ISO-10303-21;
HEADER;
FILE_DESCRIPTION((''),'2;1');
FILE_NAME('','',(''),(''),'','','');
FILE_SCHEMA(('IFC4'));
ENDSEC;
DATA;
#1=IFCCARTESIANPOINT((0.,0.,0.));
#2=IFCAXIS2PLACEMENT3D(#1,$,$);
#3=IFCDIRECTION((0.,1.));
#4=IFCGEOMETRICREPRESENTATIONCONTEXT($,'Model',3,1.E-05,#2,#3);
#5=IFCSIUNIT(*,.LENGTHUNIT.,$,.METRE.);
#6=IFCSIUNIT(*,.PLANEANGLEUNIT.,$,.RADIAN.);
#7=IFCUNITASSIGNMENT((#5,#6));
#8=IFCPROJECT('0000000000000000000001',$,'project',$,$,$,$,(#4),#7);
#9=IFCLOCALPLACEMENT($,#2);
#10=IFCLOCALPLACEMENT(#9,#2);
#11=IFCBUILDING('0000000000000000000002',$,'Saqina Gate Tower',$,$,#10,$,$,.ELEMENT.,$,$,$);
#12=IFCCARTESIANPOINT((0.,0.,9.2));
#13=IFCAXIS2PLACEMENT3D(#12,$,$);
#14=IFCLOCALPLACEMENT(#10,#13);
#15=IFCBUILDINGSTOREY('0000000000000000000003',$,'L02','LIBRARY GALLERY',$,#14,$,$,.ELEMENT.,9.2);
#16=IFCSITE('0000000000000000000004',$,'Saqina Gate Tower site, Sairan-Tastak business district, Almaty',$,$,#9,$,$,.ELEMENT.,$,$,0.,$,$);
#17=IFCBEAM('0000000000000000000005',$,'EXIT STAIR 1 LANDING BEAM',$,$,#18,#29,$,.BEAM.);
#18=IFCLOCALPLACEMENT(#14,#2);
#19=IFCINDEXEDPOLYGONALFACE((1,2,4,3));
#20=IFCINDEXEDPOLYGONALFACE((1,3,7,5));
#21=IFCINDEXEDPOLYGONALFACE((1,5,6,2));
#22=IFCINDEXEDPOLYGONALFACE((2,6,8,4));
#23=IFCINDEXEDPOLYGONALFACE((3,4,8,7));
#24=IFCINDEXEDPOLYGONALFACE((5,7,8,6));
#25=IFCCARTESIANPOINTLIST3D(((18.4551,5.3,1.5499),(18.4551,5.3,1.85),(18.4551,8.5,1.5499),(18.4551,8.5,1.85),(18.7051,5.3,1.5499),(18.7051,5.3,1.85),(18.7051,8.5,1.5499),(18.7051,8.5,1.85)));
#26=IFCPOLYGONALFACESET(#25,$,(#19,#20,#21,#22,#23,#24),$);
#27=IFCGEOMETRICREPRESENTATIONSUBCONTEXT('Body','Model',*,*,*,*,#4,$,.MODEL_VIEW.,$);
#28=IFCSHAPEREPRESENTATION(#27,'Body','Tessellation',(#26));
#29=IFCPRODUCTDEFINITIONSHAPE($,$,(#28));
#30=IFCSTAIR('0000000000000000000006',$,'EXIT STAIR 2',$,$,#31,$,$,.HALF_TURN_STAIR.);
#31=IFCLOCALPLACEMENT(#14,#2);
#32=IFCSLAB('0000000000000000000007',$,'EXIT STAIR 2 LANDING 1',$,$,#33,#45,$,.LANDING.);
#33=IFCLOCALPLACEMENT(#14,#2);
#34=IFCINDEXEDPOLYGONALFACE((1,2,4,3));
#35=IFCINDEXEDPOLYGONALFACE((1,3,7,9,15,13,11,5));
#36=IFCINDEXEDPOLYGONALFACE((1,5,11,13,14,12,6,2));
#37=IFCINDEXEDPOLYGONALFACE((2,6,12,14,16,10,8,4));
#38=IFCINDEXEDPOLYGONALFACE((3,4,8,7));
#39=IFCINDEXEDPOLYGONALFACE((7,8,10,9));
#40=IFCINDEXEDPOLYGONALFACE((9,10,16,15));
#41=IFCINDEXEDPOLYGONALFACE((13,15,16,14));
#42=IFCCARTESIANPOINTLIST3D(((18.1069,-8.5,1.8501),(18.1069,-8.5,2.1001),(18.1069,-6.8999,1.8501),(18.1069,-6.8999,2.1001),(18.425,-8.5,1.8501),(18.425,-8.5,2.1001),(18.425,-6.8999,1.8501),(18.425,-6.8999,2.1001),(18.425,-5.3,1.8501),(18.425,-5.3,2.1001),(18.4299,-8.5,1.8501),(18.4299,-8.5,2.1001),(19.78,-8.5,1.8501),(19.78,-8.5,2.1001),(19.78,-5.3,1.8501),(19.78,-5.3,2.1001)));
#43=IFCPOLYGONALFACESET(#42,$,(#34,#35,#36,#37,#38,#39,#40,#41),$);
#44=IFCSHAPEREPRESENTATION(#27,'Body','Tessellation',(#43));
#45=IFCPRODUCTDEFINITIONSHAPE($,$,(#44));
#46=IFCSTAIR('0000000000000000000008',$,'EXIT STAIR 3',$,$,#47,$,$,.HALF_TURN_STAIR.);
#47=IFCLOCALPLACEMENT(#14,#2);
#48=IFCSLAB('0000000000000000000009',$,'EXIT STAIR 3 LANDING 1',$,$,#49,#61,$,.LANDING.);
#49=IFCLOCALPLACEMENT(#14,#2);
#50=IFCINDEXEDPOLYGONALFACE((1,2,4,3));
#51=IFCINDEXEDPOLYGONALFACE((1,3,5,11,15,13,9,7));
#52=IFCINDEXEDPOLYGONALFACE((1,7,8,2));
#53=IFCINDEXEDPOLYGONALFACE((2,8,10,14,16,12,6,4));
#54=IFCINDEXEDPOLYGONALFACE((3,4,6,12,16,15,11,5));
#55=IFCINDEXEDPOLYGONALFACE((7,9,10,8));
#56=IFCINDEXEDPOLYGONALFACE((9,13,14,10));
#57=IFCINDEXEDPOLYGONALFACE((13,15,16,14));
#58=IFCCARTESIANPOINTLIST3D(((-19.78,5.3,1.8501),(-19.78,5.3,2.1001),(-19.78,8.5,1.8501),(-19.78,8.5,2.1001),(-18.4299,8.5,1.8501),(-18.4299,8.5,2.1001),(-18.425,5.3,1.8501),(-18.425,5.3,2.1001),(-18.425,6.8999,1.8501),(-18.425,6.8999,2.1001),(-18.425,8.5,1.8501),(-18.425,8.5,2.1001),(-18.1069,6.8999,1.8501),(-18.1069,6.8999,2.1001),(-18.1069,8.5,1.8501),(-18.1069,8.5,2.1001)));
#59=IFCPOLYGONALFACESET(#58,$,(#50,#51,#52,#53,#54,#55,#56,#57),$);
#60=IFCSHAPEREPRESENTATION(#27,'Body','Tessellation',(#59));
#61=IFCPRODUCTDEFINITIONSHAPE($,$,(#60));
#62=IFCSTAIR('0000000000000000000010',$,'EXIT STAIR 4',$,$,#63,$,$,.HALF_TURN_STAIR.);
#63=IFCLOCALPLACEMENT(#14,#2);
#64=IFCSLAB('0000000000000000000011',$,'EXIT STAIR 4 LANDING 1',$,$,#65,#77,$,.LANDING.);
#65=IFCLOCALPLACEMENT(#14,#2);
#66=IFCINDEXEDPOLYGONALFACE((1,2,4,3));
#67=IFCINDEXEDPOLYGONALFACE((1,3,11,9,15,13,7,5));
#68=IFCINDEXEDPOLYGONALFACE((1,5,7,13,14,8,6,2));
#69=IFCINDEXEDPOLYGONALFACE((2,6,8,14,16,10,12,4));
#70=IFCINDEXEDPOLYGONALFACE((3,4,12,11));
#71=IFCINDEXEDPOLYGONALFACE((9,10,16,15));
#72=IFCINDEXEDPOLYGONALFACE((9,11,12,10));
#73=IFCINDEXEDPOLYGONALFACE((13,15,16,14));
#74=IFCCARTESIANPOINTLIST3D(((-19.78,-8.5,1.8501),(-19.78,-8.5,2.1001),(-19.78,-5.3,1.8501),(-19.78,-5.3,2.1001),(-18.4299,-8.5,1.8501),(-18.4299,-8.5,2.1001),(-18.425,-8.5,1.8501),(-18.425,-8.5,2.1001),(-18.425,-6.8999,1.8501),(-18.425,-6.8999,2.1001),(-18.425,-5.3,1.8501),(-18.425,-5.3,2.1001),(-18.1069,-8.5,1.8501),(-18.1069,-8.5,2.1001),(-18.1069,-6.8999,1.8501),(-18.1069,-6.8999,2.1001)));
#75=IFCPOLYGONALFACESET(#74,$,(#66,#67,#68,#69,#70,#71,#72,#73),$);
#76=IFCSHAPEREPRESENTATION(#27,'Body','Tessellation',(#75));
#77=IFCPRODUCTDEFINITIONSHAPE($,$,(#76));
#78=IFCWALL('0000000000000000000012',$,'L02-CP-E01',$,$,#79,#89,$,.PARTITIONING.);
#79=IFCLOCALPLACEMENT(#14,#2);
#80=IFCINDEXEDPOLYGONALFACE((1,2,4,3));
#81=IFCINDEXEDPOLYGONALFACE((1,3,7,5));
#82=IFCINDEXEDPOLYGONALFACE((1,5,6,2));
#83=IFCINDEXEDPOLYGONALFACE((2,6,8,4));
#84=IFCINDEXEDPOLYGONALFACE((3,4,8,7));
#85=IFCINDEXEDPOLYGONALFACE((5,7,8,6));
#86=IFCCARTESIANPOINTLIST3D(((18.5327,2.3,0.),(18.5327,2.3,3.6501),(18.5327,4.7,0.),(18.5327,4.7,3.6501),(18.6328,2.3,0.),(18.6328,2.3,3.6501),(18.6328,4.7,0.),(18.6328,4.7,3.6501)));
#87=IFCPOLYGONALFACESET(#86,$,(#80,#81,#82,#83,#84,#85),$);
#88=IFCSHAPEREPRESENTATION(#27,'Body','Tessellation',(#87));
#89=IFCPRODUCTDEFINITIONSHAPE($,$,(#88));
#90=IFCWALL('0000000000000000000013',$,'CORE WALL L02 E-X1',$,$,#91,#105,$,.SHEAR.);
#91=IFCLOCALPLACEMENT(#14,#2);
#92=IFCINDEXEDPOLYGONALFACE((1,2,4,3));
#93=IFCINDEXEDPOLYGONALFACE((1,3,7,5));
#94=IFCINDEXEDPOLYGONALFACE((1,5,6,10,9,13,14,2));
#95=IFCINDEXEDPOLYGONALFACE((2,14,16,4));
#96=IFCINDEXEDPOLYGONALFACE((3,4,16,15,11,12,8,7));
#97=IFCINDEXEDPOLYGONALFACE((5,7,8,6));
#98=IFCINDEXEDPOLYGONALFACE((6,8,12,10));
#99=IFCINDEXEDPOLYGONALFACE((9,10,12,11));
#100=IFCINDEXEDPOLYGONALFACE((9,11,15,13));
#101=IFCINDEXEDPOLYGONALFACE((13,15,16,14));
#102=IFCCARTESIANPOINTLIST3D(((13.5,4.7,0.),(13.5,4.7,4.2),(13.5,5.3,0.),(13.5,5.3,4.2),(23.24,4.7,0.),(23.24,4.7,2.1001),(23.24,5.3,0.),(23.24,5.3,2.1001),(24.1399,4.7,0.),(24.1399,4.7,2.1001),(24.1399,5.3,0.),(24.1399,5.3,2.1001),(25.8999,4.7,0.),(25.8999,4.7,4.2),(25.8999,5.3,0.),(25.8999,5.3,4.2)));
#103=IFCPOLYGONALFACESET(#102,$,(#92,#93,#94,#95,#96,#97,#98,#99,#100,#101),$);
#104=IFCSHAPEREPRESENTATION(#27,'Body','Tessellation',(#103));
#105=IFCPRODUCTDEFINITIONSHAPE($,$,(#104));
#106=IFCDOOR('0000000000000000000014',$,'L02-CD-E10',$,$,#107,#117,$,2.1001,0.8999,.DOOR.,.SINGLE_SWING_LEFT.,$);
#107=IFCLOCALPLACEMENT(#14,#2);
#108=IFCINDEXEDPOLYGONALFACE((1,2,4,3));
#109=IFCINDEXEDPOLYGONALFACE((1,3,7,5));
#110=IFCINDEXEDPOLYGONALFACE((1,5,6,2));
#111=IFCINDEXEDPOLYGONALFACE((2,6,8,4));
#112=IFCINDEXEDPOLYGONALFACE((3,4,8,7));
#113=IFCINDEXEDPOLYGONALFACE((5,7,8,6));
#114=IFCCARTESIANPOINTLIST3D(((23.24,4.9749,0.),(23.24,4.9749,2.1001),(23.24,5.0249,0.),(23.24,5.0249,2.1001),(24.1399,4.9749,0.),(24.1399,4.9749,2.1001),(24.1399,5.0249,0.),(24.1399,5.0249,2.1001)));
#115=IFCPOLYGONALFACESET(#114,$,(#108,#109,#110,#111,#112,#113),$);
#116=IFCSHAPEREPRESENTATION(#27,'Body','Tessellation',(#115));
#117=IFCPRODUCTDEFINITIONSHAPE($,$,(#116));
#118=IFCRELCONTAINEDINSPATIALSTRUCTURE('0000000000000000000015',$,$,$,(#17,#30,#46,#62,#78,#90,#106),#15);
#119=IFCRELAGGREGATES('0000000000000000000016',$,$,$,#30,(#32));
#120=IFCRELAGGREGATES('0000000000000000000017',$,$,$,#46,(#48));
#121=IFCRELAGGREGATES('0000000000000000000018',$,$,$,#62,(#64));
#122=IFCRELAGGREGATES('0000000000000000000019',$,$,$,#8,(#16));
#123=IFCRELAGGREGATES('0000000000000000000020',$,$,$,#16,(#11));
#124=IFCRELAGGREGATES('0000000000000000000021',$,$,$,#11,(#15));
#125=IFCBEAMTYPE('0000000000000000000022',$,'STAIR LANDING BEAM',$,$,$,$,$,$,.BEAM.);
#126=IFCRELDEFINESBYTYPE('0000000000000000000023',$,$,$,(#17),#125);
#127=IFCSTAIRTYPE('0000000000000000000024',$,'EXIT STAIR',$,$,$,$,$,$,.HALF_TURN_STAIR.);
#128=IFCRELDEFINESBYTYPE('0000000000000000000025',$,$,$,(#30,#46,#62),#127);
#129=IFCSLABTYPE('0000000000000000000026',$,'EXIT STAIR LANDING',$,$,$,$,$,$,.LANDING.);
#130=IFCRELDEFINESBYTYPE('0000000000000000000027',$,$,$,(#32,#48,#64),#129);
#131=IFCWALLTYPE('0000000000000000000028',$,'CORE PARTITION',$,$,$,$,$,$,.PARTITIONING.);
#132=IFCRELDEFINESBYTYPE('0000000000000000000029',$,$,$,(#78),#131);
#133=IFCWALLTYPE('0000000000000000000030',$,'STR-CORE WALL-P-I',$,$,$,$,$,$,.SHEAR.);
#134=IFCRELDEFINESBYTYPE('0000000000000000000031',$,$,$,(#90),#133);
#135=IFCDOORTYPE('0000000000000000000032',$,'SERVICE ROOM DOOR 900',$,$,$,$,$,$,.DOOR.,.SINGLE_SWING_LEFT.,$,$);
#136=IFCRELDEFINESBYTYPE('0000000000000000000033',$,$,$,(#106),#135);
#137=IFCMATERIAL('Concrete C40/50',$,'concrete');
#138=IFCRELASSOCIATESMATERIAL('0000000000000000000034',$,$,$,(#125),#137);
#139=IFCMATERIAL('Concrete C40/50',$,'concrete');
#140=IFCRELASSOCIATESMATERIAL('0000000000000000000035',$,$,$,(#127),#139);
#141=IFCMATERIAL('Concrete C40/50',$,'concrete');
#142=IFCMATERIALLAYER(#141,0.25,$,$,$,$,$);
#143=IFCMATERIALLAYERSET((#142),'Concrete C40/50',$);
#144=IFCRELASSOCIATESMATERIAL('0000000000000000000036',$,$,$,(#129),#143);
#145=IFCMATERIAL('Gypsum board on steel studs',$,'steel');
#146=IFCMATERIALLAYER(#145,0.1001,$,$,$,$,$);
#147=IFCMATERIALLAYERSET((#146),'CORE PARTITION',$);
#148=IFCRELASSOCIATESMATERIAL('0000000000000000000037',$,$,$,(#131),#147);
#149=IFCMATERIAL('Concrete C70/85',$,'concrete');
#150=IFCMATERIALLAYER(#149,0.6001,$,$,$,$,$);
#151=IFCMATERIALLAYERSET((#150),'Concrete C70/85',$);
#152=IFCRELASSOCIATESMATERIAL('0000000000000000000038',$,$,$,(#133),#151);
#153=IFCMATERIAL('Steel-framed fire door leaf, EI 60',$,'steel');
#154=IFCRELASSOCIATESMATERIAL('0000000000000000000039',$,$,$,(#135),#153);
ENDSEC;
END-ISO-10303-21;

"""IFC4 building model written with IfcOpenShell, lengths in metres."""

from ifc_helpers import new_model, si_unit, direction, frame, frame_2d, origin, origin_2d, place, context, subcontext, project, spatial, polyline, rectangle, outline, extrude, material, layer, layer_set, material_profile, profile_set, type_object, element, fill, aggregate, save


model = new_model("IFC4")

# Units and contexts
model_context = context("Model", 3, precision=1e-05, world=origin(), true_north=direction((0.0, 1.0)))
body_context = subcontext(model_context, "Body", "Model", "MODEL_VIEW")
ifc_project = project(units=[si_unit("LENGTHUNIT", "METRE"), si_unit("PLANEANGLEUNIT", "RADIAN")], contexts=[model_context])

# Site, building, storey
site_placement = place(None, origin())
site = spatial("IfcSite", under=ifc_project, at=site_placement, Name="Saqina Gate Tower site, Sairan-Tastak business district, Almaty", CompositionType="ELEMENT", RefElevation=0.0)
building_placement = place(site_placement, origin())
building = spatial("IfcBuilding", under=site, at=building_placement, Name="Saqina Gate Tower", CompositionType="ELEMENT")
storey_placement = place(building_placement, frame((0.0, 0.0, 9.2)))
storey = spatial("IfcBuildingStorey", under=building, at=storey_placement, Name="L02", Description="LIBRARY GALLERY", CompositionType="ELEMENT", Elevation=9.2)

# Beam
ifc_material_1 = material(Name="Concrete C40/50", Category="concrete")
ifc_material_profile = material_profile(ifc_material_1, rectangle(XDim=0.25, YDim=0.3, at=origin_2d()), Name="STAIR LANDING BEAM")
ifc_profile_set = profile_set([ifc_material_profile], Name="Concrete C40/50")
beam_type = type_object("IfcBeamType", Name="STAIR LANDING BEAM", PredefinedType="BEAM", material=ifc_profile_set)
beam_placement = place(storey_placement, frame((18.5801, 5.3, 1.7), z_axis=(0.0, 1.0, 0.0), x_axis=(-1.0, 0.0, 0.0)))
element("IfcBeam", 1, at=beam_placement, inside=storey, type_object=beam_type, Name="EXIT STAIR 1 LANDING BEAM", PredefinedType="BEAM", context=body_context, shape_type="SweptSolid", body=[
    extrude(rectangle(XDim=0.25, YDim=0.3, at=origin_2d()), origin(), (0.0, 0.0, 1.0), 3.2),
])

# Stairs, slabs
ifc_material_2 = material(Name="Concrete C40/50", Category="concrete")
stair_type = type_object("IfcStairType", Name="EXIT STAIR", PredefinedType="HALF_TURN_STAIR", material=ifc_material_2)
stair_1_placement = place(storey_placement, origin())
stair_1 = element("IfcStair", 2, at=stair_1_placement, inside=storey, type_object=stair_type, Name="EXIT STAIR 2", PredefinedType="HALF_TURN_STAIR")
ifc_material_3 = material(Name="Concrete C40/50", Category="concrete")
ifc_layer_1 = layer(ifc_material_3, 0.25)
ifc_layer_set_1 = layer_set([ifc_layer_1], Name="Concrete C40/50")
slab_type = type_object("IfcSlabType", Name="EXIT STAIR LANDING", PredefinedType="LANDING", material=ifc_layer_set_1)
slab_1_placement = place(storey_placement, frame((0.0, 0.0, 1.8501)))
slab_1 = element("IfcSlab", 3, at=slab_1_placement, type_object=slab_type, Name="EXIT STAIR 2 LANDING 1", PredefinedType="LANDING", context=body_context, shape_type="SweptSolid", body=[
    extrude(outline(polyline([(18.1069, -8.5), (18.1069, -6.8999), (18.425, -6.8999), (18.425, -5.3), (19.78, -5.3), (19.78, -8.5), (18.4299, -8.5), (18.425, -8.5), (18.1069, -8.5)])), origin(), (0.0, 0.0, 1.0), 0.25),
])
aggregate(stair_1, [slab_1])
stair_2_placement = place(storey_placement, origin())
stair_2 = element("IfcStair", 4, at=stair_2_placement, inside=storey, type_object=stair_type, Name="EXIT STAIR 3", PredefinedType="HALF_TURN_STAIR")
slab_2_placement = place(storey_placement, frame((0.0, 0.0, 1.8501)))
slab_2 = element("IfcSlab", 5, at=slab_2_placement, type_object=slab_type, Name="EXIT STAIR 3 LANDING 1", PredefinedType="LANDING", context=body_context, shape_type="SweptSolid", body=[
    extrude(outline(polyline([(-18.425, 5.3), (-19.78, 5.3), (-19.78, 8.5), (-18.4299, 8.5), (-18.425, 8.5), (-18.1069, 8.5), (-18.1069, 6.8999), (-18.425, 6.8999), (-18.425, 5.3)])), origin(), (0.0, 0.0, 1.0), 0.25),
])
aggregate(stair_2, [slab_2])
stair_3_placement = place(storey_placement, origin())
stair_3 = element("IfcStair", 6, at=stair_3_placement, inside=storey, type_object=stair_type, Name="EXIT STAIR 4", PredefinedType="HALF_TURN_STAIR")
slab_3_placement = place(storey_placement, frame((0.0, 0.0, 1.8501)))
slab_3 = element("IfcSlab", 7, at=slab_3_placement, type_object=slab_type, Name="EXIT STAIR 4 LANDING 1", PredefinedType="LANDING", context=body_context, shape_type="SweptSolid", body=[
    extrude(outline(polyline([(-18.1069, -6.8999), (-18.1069, -8.5), (-18.425, -8.5), (-18.4299, -8.5), (-19.78, -8.5), (-19.78, -5.3), (-18.425, -5.3), (-18.425, -6.8999), (-18.1069, -6.8999)])), origin(), (0.0, 0.0, 1.0), 0.25),
])
aggregate(stair_3, [slab_3])

# Wall
ifc_material_4 = material(Name="Gypsum board on steel studs", Category="steel")
ifc_layer_2 = layer(ifc_material_4, 0.1001)
ifc_layer_set_2 = layer_set([ifc_layer_2], Name="CORE PARTITION")
wall_type_1 = type_object("IfcWallType", Name="CORE PARTITION", PredefinedType="PARTITIONING", material=ifc_layer_set_2)
wall_1_placement = place(storey_placement, frame((18.5828, 2.3, 0.0), z_axis=(0.0, 0.0, 1.0), x_axis=(0.0, 1.0, 0.0)))
element("IfcWall", 8, at=wall_1_placement, inside=storey, type_object=wall_type_1, Name="L02-CP-E01", PredefinedType="PARTITIONING", context=body_context, shape_type="SweptSolid", body=[
    extrude(rectangle(XDim=2.3999, YDim=0.1001, at=frame_2d((1.2, 0.0))), origin(), (0.0, 0.0, 1.0), 3.6501),
])

# Wall, opening, door
ifc_material_5 = material(Name="Concrete C70/85", Category="concrete")
ifc_layer_3 = layer(ifc_material_5, 0.6001)
ifc_layer_set_3 = layer_set([ifc_layer_3], Name="Concrete C70/85")
wall_type_2 = type_object("IfcWallType", Name="STR-CORE WALL-P-I", PredefinedType="SHEAR", material=ifc_layer_set_3)
wall_2_placement = place(storey_placement, frame((13.5, 5.0, 0.0), z_axis=(0.0, 0.0, 1.0), x_axis=(1.0, 0.0, 0.0)))
wall_2 = element("IfcWall", 9, at=wall_2_placement, inside=storey, type_object=wall_type_2, Name="CORE WALL L02 E-X1", PredefinedType="SHEAR", context=body_context, shape_type="SweptSolid", body=[
    extrude(rectangle(XDim=12.3999, YDim=0.6001, at=frame_2d((6.2, 0.0))), origin(), (0.0, 0.0, 1.0), 4.2),
])
opening_1_placement = place(wall_2_placement, frame((9.74, 0.0, 0.0)))
opening_1 = element("IfcOpeningElement", 10, at=opening_1_placement, cuts=wall_2, PredefinedType="OPENING", context=body_context, shape_type="SweptSolid", body=[
    extrude(rectangle(XDim=0.8999, YDim=2.1001, at=frame_2d((0.45, 1.05))), frame((0.0, 0.312, 0.0), z_axis=(0.0, -1.0, 0.0), x_axis=(1.0, 0.0, 0.0)), (0.0, 0.0, 1.0), 0.624),
])
ifc_material_6 = material(Name="Steel-framed fire door leaf, EI 60", Category="steel")
door_type_1 = type_object("IfcDoorType", Name="SERVICE ROOM DOOR 900", OperationType="SINGLE_SWING_LEFT", PredefinedType="DOOR", material=ifc_material_6)
door_1_placement = place(opening_1_placement, origin())
door_1 = element("IfcDoor", 11, at=door_1_placement, inside=storey, type_object=door_type_1, Name="L02-CD-E10", OperationType="SINGLE_SWING_LEFT", OverallHeight=2.1001, OverallWidth=0.8999, PredefinedType="DOOR", context=body_context, shape_type="SweptSolid", body=[
    extrude(rectangle(XDim=0.8999, YDim=2.1001, at=frame_2d((0.45, 1.05))), frame((0.0, 0.0249, 0.0), z_axis=(0.0, -1.0, 0.0), x_axis=(1.0, 0.0, 0.0)), (0.0, 0.0, 1.0), 0.05),
])
fill(opening_1, door_1)

save(model, "model.ifc")
